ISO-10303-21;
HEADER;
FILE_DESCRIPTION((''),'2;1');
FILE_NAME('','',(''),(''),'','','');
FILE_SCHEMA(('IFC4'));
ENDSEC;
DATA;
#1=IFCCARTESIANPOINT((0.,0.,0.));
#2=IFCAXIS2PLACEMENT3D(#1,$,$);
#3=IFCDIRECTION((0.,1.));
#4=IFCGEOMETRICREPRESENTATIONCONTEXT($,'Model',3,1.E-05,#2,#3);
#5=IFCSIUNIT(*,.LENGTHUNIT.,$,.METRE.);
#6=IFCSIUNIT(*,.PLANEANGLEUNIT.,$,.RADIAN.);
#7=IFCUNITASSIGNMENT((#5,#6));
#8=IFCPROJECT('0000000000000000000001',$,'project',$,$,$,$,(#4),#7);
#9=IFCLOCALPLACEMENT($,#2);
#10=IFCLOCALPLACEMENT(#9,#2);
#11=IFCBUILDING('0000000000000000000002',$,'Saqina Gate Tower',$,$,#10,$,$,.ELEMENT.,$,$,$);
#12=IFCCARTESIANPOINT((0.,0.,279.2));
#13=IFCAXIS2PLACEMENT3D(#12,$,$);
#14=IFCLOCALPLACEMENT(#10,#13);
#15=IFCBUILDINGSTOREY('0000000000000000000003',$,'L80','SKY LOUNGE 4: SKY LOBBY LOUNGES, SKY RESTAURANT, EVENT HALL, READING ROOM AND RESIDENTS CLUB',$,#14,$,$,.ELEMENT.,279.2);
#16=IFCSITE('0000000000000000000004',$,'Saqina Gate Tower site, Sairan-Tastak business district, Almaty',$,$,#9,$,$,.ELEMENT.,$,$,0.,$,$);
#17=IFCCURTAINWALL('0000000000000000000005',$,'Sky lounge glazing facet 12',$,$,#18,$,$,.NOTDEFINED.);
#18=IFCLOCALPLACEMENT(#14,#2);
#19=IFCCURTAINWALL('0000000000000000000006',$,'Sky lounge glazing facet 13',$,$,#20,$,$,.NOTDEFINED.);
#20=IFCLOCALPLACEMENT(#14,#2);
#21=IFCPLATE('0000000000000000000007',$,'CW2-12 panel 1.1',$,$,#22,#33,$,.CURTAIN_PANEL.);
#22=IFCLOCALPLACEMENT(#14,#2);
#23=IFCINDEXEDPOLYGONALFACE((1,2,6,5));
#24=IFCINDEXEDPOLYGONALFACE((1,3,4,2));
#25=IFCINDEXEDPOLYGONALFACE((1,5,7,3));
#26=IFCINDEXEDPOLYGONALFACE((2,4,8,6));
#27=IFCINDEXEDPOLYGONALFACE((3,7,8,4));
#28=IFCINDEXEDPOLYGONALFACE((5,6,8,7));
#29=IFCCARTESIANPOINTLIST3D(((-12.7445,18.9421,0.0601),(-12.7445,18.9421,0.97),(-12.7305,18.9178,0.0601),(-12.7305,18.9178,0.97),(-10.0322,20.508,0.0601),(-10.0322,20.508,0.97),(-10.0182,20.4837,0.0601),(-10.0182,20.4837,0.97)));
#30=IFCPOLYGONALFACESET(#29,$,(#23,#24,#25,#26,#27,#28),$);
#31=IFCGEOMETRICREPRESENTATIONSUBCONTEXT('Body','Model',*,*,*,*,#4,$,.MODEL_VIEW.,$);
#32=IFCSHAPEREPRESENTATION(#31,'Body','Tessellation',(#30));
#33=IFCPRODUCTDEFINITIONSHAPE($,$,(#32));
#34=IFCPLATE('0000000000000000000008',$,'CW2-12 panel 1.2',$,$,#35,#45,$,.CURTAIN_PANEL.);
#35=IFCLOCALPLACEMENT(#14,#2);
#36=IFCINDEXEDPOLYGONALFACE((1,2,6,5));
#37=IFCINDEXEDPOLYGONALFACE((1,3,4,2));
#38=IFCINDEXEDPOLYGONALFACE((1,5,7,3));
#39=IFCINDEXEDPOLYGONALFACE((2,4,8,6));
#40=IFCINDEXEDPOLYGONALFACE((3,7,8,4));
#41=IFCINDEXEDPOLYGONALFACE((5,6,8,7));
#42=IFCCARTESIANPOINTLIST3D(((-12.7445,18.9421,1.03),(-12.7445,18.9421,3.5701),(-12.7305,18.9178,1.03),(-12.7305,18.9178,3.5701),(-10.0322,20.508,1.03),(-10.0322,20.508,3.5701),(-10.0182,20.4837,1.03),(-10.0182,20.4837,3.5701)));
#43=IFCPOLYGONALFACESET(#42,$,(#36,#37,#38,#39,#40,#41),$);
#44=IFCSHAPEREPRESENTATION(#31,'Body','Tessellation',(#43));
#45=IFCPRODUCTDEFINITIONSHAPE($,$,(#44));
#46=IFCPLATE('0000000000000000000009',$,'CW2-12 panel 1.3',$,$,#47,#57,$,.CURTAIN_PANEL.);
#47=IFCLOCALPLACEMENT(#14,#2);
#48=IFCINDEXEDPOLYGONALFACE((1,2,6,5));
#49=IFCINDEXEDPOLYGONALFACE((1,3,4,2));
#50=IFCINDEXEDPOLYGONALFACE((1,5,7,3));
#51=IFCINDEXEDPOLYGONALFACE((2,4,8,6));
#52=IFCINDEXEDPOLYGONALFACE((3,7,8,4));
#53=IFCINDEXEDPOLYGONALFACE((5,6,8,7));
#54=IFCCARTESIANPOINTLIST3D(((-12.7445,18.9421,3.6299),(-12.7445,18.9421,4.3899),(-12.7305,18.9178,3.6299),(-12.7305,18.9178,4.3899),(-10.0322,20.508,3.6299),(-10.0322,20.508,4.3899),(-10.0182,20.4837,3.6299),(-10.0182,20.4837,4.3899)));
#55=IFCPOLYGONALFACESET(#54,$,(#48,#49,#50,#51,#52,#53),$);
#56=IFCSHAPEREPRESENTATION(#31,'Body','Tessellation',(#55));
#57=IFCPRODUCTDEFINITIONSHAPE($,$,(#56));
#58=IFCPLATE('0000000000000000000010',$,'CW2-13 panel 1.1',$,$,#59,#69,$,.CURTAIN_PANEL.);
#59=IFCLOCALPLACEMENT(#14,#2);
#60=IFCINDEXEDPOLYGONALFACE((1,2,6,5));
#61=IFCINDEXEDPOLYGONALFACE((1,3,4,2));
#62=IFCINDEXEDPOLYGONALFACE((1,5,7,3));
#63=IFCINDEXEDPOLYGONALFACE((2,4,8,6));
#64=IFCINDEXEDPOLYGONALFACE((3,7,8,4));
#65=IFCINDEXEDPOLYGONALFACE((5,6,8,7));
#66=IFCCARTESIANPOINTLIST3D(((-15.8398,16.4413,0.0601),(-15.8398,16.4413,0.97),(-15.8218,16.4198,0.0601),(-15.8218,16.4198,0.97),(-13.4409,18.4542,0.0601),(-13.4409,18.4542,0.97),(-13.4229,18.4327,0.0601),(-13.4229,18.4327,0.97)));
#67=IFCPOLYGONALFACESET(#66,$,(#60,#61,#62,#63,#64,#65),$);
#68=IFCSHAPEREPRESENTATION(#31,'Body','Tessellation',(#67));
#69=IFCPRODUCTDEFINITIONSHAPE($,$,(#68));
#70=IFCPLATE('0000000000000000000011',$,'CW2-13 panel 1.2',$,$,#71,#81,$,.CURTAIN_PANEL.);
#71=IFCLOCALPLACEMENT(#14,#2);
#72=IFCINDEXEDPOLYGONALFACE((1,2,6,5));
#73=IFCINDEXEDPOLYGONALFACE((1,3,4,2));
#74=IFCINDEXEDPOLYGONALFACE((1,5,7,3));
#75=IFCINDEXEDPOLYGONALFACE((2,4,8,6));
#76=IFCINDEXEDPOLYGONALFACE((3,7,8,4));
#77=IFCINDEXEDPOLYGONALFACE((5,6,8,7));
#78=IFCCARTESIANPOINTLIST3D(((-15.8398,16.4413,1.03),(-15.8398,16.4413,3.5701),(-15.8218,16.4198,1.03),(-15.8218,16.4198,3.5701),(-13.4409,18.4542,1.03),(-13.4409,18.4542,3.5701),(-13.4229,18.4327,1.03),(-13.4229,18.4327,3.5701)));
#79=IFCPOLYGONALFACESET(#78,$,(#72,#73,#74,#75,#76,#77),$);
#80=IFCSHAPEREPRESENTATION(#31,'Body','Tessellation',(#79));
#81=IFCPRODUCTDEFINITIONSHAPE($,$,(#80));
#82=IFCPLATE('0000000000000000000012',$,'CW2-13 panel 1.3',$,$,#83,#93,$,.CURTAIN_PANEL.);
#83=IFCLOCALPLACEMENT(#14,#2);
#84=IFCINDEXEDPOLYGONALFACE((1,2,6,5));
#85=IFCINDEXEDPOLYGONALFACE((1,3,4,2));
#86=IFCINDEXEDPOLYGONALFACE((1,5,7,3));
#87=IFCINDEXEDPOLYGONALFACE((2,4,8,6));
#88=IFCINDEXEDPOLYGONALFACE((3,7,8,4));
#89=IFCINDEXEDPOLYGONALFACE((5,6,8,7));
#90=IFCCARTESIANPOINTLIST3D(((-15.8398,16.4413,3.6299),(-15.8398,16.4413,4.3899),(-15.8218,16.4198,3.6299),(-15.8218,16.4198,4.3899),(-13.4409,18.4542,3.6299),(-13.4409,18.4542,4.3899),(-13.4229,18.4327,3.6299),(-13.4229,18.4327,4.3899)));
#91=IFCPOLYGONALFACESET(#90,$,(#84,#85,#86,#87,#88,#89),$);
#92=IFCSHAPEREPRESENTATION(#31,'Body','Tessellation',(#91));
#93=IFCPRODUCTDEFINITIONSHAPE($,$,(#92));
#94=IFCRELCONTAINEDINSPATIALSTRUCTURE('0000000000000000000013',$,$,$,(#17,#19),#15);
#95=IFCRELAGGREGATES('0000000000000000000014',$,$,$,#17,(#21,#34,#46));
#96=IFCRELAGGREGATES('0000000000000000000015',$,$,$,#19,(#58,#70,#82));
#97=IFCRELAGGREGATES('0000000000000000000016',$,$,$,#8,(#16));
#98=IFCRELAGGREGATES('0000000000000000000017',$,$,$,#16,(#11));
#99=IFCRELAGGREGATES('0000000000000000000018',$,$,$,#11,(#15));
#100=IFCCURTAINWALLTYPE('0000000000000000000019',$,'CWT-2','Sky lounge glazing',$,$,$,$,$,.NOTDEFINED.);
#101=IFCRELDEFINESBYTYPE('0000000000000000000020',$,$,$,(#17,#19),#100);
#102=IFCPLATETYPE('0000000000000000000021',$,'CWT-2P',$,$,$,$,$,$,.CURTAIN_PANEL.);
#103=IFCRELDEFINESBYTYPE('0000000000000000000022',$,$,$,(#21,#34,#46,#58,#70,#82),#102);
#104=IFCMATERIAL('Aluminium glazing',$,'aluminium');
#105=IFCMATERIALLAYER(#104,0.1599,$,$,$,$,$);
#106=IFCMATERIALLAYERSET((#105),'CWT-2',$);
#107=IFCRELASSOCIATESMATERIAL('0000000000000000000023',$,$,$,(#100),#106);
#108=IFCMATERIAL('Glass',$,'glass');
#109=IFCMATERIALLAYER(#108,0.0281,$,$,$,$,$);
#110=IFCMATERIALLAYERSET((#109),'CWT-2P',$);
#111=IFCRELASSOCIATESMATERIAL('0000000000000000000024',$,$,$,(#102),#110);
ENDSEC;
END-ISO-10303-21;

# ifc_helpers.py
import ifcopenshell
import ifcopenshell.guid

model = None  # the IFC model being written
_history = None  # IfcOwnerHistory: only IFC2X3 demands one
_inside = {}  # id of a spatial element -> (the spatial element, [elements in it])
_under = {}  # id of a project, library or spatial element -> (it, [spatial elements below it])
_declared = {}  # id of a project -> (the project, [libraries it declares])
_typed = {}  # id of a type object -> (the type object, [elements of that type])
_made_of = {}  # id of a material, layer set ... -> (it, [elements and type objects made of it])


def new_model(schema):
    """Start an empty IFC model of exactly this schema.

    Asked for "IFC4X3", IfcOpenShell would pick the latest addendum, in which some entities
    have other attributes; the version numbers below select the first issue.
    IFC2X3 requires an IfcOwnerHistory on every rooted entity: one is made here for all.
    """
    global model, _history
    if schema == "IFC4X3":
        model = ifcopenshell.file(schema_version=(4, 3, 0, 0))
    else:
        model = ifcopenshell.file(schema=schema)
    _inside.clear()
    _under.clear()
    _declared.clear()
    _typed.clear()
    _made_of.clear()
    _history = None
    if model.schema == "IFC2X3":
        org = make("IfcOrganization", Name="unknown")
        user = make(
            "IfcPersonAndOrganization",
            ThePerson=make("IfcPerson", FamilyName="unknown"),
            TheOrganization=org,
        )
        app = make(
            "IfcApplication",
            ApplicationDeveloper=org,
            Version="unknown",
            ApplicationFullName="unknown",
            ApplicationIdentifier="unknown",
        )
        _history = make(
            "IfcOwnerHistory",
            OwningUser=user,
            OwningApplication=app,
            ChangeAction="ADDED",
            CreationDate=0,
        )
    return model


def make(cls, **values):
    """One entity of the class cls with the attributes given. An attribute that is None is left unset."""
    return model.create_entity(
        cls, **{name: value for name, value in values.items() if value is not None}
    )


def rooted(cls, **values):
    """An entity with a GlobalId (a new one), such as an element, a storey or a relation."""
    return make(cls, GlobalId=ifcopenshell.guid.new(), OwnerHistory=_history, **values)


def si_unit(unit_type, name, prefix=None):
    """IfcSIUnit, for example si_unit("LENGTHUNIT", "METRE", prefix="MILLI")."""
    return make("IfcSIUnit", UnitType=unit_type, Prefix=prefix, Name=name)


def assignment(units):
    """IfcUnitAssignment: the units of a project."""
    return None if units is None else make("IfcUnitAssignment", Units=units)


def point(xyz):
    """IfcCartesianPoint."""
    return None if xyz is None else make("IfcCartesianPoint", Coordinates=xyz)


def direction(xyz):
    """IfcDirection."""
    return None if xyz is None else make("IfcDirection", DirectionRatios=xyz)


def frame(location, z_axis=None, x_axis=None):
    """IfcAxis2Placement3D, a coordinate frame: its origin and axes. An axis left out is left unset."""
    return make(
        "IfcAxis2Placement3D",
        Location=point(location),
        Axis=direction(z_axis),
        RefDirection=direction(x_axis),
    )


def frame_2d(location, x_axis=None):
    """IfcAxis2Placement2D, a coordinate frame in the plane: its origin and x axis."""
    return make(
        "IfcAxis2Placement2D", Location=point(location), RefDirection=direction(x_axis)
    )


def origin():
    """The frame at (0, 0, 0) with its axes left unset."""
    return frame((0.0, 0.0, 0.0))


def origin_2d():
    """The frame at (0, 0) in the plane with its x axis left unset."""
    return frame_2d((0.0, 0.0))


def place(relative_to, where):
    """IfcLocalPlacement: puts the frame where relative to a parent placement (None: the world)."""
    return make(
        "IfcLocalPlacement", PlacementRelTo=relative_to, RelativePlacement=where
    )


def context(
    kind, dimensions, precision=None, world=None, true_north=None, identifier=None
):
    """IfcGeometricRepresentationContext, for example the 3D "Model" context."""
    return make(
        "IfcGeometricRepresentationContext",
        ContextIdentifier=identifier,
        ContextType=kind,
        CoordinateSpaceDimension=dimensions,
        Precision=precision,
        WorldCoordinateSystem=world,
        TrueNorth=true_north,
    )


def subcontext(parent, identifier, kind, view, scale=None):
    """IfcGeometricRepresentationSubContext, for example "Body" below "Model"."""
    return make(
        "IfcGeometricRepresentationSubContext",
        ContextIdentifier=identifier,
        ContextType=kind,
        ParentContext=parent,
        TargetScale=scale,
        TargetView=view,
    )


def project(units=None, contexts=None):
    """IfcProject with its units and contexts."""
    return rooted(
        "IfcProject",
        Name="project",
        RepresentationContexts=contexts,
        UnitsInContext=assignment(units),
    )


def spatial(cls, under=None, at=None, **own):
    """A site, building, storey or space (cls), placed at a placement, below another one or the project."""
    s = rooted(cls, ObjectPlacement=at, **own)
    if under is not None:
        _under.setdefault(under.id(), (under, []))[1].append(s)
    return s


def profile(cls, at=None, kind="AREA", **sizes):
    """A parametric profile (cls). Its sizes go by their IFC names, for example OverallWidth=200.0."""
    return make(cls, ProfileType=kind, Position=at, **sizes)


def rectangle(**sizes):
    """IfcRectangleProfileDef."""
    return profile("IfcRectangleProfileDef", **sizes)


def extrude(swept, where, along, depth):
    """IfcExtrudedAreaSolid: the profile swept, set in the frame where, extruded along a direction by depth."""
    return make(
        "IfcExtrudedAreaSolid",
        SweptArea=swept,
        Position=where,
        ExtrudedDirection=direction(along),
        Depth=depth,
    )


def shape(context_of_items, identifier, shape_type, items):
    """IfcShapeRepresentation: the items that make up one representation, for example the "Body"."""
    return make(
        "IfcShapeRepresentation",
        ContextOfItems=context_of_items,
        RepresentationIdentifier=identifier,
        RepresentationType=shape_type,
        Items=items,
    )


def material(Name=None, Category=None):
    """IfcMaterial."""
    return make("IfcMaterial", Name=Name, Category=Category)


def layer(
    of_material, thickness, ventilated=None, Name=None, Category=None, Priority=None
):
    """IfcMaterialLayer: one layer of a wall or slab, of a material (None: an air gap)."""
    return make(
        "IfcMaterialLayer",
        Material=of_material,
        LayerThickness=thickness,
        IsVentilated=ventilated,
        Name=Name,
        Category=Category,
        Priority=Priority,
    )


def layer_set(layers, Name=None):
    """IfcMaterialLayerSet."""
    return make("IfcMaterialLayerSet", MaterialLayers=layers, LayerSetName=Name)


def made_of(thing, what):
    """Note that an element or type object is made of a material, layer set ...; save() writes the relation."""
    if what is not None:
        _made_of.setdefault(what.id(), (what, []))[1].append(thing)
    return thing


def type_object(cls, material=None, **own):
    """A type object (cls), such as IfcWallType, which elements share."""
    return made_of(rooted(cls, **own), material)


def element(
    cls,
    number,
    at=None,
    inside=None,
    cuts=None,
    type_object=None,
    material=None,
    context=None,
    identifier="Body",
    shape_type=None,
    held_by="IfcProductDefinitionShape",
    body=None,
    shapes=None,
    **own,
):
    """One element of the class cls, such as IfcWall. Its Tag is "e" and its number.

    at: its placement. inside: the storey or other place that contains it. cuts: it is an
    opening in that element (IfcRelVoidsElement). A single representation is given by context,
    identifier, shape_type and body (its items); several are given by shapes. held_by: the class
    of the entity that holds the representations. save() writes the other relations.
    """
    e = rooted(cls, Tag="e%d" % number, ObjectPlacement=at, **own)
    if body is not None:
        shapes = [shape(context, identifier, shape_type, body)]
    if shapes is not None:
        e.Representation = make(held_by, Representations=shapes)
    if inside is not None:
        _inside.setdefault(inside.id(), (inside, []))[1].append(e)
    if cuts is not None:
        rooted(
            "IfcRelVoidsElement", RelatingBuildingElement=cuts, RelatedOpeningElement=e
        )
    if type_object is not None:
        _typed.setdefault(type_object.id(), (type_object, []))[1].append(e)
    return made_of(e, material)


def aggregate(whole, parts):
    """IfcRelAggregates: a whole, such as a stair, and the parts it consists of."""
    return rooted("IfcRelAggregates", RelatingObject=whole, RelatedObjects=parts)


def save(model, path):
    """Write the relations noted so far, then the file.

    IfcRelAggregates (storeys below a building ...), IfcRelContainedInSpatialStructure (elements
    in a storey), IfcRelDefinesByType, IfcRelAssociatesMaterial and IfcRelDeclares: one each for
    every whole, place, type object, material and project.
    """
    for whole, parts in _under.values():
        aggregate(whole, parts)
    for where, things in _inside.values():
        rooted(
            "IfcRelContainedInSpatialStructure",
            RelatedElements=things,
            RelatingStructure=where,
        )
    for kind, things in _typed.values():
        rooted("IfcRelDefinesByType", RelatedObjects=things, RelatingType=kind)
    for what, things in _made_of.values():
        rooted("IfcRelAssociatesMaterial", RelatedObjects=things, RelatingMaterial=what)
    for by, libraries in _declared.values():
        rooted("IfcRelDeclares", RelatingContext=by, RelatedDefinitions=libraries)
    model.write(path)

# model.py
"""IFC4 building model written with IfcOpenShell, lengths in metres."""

from ifc_helpers import new_model, si_unit, direction, frame, origin, origin_2d, place, context, subcontext, project, spatial, rectangle, extrude, material, layer, layer_set, type_object, element, aggregate, save


model = new_model("IFC4")

# Units and contexts
model_context = context("Model", 3, precision=1e-05, world=origin(), true_north=direction((0.0, 1.0)))
body_context = subcontext(model_context, "Body", "Model", "MODEL_VIEW")
ifc_project = project(units=[si_unit("LENGTHUNIT", "METRE"), si_unit("PLANEANGLEUNIT", "RADIAN")], contexts=[model_context])

# Site, building, storey
site_placement = place(None, origin())
site = spatial("IfcSite", under=ifc_project, at=site_placement, Name="Saqina Gate Tower site, Sairan-Tastak business district, Almaty", CompositionType="ELEMENT", RefElevation=0.0)
building_placement = place(site_placement, origin())
building = spatial("IfcBuilding", under=site, at=building_placement, Name="Saqina Gate Tower", CompositionType="ELEMENT")
storey_placement = place(building_placement, frame((0.0, 0.0, 279.2)))
storey = spatial("IfcBuildingStorey", under=building, at=storey_placement, Name="L80", Description="SKY LOUNGE 4: SKY LOBBY LOUNGES, SKY RESTAURANT, EVENT HALL, READING ROOM AND RESIDENTS CLUB", CompositionType="ELEMENT", Elevation=279.2)

# Curtain wall
ifc_material_1 = material(Name="Aluminium glazing", Category="aluminium")
ifc_layer_1 = layer(ifc_material_1, 0.1599)
ifc_layer_set_1 = layer_set([ifc_layer_1], Name="CWT-2")
curtain_wall_type = type_object("IfcCurtainWallType", Name="CWT-2", Description="Sky lounge glazing", PredefinedType="NOTDEFINED", material=ifc_layer_set_1)
curtain_wall_1_placement = place(storey_placement, origin())
curtain_wall_1 = element("IfcCurtainWall", 1, at=curtain_wall_1_placement, inside=storey, type_object=curtain_wall_type, Name="Sky lounge glazing facet 12", PredefinedType="NOTDEFINED")

# Curtain wall
curtain_wall_2_placement = place(storey_placement, origin())
curtain_wall_2 = element("IfcCurtainWall", 2, at=curtain_wall_2_placement, inside=storey, type_object=curtain_wall_type, Name="Sky lounge glazing facet 13", PredefinedType="NOTDEFINED")

# Plates
ifc_material_2 = material(Name="Glass", Category="glass")
ifc_layer_2 = layer(ifc_material_2, 0.0281)
ifc_layer_set_2 = layer_set([ifc_layer_2], Name="CWT-2P")
plate_type = type_object("IfcPlateType", Name="CWT-2P", PredefinedType="CURTAIN_PANEL", material=ifc_layer_set_2)
plate_1_placement = place(storey_placement, frame((-11.3813, 19.7129, 0.0601), z_axis=(0.0, 0.0, 1.0), x_axis=(-0.866036, -0.499982, 0.0)))
plate_1 = element("IfcPlate", 3, at=plate_1_placement, type_object=plate_type, Name="CW2-12 panel 1.1", PredefinedType="CURTAIN_PANEL", context=body_context, shape_type="SweptSolid", body=[
    extrude(rectangle(XDim=3.1318, YDim=0.0281, at=origin_2d()), origin(), (0.0, 0.0, 1.0), 0.9099),
])
plate_2_placement = place(storey_placement, frame((-11.3813, 19.7129, 1.03), z_axis=(0.0, 0.0, 1.0), x_axis=(-0.866036, -0.499982, 0.0)))
plate_2 = element("IfcPlate", 4, at=plate_2_placement, type_object=plate_type, Name="CW2-12 panel 1.2", PredefinedType="CURTAIN_PANEL", context=body_context, shape_type="SweptSolid", body=[
    extrude(rectangle(XDim=3.1318, YDim=0.0281, at=origin_2d()), origin(), (0.0, 0.0, 1.0), 2.54),
])
plate_3_placement = place(storey_placement, frame((-11.3813, 19.7129, 3.6299), z_axis=(0.0, 0.0, 1.0), x_axis=(-0.866036, -0.499982, 0.0)))
plate_3 = element("IfcPlate", 5, at=plate_3_placement, type_object=plate_type, Name="CW2-12 panel 1.3", PredefinedType="CURTAIN_PANEL", context=body_context, shape_type="SweptSolid", body=[
    extrude(rectangle(XDim=3.1318, YDim=0.0281, at=origin_2d()), origin(), (0.0, 0.0, 1.0), 0.76),
])
aggregate(curtain_wall_1, [plate_1, plate_2, plate_3])
plate_4_placement = place(storey_placement, frame((-14.6313, 17.437, 0.0601), z_axis=(0.0, 0.0, 1.0), x_axis=(-0.766046, -0.642785, 0.0)))
plate_4 = element("IfcPlate", 6, at=plate_4_placement, type_object=plate_type, Name="CW2-13 panel 1.1", PredefinedType="CURTAIN_PANEL", context=body_context, shape_type="SweptSolid", body=[
    extrude(rectangle(XDim=3.1316, YDim=0.0281, at=origin_2d()), origin(), (0.0, 0.0, 1.0), 0.9099),
])
plate_5_placement = place(storey_placement, frame((-14.6313, 17.437, 1.03), z_axis=(0.0, 0.0, 1.0), x_axis=(-0.766046, -0.642785, 0.0)))
plate_5 = element("IfcPlate", 7, at=plate_5_placement, type_object=plate_type, Name="CW2-13 panel 1.2", PredefinedType="CURTAIN_PANEL", context=body_context, shape_type="SweptSolid", body=[
    extrude(rectangle(XDim=3.1316, YDim=0.0281, at=origin_2d()), origin(), (0.0, 0.0, 1.0), 2.54),
])
plate_6_placement = place(storey_placement, frame((-14.6313, 17.437, 3.6299), z_axis=(0.0, 0.0, 1.0), x_axis=(-0.766046, -0.642785, 0.0)))
plate_6 = element("IfcPlate", 8, at=plate_6_placement, type_object=plate_type, Name="CW2-13 panel 1.3", PredefinedType="CURTAIN_PANEL", context=body_context, shape_type="SweptSolid", body=[
    extrude(rectangle(XDim=3.1316, YDim=0.0281, at=origin_2d()), origin(), (0.0, 0.0, 1.0), 0.76),
])
aggregate(curtain_wall_2, [plate_4, plate_5, plate_6])

save(model, "model.ifc")
